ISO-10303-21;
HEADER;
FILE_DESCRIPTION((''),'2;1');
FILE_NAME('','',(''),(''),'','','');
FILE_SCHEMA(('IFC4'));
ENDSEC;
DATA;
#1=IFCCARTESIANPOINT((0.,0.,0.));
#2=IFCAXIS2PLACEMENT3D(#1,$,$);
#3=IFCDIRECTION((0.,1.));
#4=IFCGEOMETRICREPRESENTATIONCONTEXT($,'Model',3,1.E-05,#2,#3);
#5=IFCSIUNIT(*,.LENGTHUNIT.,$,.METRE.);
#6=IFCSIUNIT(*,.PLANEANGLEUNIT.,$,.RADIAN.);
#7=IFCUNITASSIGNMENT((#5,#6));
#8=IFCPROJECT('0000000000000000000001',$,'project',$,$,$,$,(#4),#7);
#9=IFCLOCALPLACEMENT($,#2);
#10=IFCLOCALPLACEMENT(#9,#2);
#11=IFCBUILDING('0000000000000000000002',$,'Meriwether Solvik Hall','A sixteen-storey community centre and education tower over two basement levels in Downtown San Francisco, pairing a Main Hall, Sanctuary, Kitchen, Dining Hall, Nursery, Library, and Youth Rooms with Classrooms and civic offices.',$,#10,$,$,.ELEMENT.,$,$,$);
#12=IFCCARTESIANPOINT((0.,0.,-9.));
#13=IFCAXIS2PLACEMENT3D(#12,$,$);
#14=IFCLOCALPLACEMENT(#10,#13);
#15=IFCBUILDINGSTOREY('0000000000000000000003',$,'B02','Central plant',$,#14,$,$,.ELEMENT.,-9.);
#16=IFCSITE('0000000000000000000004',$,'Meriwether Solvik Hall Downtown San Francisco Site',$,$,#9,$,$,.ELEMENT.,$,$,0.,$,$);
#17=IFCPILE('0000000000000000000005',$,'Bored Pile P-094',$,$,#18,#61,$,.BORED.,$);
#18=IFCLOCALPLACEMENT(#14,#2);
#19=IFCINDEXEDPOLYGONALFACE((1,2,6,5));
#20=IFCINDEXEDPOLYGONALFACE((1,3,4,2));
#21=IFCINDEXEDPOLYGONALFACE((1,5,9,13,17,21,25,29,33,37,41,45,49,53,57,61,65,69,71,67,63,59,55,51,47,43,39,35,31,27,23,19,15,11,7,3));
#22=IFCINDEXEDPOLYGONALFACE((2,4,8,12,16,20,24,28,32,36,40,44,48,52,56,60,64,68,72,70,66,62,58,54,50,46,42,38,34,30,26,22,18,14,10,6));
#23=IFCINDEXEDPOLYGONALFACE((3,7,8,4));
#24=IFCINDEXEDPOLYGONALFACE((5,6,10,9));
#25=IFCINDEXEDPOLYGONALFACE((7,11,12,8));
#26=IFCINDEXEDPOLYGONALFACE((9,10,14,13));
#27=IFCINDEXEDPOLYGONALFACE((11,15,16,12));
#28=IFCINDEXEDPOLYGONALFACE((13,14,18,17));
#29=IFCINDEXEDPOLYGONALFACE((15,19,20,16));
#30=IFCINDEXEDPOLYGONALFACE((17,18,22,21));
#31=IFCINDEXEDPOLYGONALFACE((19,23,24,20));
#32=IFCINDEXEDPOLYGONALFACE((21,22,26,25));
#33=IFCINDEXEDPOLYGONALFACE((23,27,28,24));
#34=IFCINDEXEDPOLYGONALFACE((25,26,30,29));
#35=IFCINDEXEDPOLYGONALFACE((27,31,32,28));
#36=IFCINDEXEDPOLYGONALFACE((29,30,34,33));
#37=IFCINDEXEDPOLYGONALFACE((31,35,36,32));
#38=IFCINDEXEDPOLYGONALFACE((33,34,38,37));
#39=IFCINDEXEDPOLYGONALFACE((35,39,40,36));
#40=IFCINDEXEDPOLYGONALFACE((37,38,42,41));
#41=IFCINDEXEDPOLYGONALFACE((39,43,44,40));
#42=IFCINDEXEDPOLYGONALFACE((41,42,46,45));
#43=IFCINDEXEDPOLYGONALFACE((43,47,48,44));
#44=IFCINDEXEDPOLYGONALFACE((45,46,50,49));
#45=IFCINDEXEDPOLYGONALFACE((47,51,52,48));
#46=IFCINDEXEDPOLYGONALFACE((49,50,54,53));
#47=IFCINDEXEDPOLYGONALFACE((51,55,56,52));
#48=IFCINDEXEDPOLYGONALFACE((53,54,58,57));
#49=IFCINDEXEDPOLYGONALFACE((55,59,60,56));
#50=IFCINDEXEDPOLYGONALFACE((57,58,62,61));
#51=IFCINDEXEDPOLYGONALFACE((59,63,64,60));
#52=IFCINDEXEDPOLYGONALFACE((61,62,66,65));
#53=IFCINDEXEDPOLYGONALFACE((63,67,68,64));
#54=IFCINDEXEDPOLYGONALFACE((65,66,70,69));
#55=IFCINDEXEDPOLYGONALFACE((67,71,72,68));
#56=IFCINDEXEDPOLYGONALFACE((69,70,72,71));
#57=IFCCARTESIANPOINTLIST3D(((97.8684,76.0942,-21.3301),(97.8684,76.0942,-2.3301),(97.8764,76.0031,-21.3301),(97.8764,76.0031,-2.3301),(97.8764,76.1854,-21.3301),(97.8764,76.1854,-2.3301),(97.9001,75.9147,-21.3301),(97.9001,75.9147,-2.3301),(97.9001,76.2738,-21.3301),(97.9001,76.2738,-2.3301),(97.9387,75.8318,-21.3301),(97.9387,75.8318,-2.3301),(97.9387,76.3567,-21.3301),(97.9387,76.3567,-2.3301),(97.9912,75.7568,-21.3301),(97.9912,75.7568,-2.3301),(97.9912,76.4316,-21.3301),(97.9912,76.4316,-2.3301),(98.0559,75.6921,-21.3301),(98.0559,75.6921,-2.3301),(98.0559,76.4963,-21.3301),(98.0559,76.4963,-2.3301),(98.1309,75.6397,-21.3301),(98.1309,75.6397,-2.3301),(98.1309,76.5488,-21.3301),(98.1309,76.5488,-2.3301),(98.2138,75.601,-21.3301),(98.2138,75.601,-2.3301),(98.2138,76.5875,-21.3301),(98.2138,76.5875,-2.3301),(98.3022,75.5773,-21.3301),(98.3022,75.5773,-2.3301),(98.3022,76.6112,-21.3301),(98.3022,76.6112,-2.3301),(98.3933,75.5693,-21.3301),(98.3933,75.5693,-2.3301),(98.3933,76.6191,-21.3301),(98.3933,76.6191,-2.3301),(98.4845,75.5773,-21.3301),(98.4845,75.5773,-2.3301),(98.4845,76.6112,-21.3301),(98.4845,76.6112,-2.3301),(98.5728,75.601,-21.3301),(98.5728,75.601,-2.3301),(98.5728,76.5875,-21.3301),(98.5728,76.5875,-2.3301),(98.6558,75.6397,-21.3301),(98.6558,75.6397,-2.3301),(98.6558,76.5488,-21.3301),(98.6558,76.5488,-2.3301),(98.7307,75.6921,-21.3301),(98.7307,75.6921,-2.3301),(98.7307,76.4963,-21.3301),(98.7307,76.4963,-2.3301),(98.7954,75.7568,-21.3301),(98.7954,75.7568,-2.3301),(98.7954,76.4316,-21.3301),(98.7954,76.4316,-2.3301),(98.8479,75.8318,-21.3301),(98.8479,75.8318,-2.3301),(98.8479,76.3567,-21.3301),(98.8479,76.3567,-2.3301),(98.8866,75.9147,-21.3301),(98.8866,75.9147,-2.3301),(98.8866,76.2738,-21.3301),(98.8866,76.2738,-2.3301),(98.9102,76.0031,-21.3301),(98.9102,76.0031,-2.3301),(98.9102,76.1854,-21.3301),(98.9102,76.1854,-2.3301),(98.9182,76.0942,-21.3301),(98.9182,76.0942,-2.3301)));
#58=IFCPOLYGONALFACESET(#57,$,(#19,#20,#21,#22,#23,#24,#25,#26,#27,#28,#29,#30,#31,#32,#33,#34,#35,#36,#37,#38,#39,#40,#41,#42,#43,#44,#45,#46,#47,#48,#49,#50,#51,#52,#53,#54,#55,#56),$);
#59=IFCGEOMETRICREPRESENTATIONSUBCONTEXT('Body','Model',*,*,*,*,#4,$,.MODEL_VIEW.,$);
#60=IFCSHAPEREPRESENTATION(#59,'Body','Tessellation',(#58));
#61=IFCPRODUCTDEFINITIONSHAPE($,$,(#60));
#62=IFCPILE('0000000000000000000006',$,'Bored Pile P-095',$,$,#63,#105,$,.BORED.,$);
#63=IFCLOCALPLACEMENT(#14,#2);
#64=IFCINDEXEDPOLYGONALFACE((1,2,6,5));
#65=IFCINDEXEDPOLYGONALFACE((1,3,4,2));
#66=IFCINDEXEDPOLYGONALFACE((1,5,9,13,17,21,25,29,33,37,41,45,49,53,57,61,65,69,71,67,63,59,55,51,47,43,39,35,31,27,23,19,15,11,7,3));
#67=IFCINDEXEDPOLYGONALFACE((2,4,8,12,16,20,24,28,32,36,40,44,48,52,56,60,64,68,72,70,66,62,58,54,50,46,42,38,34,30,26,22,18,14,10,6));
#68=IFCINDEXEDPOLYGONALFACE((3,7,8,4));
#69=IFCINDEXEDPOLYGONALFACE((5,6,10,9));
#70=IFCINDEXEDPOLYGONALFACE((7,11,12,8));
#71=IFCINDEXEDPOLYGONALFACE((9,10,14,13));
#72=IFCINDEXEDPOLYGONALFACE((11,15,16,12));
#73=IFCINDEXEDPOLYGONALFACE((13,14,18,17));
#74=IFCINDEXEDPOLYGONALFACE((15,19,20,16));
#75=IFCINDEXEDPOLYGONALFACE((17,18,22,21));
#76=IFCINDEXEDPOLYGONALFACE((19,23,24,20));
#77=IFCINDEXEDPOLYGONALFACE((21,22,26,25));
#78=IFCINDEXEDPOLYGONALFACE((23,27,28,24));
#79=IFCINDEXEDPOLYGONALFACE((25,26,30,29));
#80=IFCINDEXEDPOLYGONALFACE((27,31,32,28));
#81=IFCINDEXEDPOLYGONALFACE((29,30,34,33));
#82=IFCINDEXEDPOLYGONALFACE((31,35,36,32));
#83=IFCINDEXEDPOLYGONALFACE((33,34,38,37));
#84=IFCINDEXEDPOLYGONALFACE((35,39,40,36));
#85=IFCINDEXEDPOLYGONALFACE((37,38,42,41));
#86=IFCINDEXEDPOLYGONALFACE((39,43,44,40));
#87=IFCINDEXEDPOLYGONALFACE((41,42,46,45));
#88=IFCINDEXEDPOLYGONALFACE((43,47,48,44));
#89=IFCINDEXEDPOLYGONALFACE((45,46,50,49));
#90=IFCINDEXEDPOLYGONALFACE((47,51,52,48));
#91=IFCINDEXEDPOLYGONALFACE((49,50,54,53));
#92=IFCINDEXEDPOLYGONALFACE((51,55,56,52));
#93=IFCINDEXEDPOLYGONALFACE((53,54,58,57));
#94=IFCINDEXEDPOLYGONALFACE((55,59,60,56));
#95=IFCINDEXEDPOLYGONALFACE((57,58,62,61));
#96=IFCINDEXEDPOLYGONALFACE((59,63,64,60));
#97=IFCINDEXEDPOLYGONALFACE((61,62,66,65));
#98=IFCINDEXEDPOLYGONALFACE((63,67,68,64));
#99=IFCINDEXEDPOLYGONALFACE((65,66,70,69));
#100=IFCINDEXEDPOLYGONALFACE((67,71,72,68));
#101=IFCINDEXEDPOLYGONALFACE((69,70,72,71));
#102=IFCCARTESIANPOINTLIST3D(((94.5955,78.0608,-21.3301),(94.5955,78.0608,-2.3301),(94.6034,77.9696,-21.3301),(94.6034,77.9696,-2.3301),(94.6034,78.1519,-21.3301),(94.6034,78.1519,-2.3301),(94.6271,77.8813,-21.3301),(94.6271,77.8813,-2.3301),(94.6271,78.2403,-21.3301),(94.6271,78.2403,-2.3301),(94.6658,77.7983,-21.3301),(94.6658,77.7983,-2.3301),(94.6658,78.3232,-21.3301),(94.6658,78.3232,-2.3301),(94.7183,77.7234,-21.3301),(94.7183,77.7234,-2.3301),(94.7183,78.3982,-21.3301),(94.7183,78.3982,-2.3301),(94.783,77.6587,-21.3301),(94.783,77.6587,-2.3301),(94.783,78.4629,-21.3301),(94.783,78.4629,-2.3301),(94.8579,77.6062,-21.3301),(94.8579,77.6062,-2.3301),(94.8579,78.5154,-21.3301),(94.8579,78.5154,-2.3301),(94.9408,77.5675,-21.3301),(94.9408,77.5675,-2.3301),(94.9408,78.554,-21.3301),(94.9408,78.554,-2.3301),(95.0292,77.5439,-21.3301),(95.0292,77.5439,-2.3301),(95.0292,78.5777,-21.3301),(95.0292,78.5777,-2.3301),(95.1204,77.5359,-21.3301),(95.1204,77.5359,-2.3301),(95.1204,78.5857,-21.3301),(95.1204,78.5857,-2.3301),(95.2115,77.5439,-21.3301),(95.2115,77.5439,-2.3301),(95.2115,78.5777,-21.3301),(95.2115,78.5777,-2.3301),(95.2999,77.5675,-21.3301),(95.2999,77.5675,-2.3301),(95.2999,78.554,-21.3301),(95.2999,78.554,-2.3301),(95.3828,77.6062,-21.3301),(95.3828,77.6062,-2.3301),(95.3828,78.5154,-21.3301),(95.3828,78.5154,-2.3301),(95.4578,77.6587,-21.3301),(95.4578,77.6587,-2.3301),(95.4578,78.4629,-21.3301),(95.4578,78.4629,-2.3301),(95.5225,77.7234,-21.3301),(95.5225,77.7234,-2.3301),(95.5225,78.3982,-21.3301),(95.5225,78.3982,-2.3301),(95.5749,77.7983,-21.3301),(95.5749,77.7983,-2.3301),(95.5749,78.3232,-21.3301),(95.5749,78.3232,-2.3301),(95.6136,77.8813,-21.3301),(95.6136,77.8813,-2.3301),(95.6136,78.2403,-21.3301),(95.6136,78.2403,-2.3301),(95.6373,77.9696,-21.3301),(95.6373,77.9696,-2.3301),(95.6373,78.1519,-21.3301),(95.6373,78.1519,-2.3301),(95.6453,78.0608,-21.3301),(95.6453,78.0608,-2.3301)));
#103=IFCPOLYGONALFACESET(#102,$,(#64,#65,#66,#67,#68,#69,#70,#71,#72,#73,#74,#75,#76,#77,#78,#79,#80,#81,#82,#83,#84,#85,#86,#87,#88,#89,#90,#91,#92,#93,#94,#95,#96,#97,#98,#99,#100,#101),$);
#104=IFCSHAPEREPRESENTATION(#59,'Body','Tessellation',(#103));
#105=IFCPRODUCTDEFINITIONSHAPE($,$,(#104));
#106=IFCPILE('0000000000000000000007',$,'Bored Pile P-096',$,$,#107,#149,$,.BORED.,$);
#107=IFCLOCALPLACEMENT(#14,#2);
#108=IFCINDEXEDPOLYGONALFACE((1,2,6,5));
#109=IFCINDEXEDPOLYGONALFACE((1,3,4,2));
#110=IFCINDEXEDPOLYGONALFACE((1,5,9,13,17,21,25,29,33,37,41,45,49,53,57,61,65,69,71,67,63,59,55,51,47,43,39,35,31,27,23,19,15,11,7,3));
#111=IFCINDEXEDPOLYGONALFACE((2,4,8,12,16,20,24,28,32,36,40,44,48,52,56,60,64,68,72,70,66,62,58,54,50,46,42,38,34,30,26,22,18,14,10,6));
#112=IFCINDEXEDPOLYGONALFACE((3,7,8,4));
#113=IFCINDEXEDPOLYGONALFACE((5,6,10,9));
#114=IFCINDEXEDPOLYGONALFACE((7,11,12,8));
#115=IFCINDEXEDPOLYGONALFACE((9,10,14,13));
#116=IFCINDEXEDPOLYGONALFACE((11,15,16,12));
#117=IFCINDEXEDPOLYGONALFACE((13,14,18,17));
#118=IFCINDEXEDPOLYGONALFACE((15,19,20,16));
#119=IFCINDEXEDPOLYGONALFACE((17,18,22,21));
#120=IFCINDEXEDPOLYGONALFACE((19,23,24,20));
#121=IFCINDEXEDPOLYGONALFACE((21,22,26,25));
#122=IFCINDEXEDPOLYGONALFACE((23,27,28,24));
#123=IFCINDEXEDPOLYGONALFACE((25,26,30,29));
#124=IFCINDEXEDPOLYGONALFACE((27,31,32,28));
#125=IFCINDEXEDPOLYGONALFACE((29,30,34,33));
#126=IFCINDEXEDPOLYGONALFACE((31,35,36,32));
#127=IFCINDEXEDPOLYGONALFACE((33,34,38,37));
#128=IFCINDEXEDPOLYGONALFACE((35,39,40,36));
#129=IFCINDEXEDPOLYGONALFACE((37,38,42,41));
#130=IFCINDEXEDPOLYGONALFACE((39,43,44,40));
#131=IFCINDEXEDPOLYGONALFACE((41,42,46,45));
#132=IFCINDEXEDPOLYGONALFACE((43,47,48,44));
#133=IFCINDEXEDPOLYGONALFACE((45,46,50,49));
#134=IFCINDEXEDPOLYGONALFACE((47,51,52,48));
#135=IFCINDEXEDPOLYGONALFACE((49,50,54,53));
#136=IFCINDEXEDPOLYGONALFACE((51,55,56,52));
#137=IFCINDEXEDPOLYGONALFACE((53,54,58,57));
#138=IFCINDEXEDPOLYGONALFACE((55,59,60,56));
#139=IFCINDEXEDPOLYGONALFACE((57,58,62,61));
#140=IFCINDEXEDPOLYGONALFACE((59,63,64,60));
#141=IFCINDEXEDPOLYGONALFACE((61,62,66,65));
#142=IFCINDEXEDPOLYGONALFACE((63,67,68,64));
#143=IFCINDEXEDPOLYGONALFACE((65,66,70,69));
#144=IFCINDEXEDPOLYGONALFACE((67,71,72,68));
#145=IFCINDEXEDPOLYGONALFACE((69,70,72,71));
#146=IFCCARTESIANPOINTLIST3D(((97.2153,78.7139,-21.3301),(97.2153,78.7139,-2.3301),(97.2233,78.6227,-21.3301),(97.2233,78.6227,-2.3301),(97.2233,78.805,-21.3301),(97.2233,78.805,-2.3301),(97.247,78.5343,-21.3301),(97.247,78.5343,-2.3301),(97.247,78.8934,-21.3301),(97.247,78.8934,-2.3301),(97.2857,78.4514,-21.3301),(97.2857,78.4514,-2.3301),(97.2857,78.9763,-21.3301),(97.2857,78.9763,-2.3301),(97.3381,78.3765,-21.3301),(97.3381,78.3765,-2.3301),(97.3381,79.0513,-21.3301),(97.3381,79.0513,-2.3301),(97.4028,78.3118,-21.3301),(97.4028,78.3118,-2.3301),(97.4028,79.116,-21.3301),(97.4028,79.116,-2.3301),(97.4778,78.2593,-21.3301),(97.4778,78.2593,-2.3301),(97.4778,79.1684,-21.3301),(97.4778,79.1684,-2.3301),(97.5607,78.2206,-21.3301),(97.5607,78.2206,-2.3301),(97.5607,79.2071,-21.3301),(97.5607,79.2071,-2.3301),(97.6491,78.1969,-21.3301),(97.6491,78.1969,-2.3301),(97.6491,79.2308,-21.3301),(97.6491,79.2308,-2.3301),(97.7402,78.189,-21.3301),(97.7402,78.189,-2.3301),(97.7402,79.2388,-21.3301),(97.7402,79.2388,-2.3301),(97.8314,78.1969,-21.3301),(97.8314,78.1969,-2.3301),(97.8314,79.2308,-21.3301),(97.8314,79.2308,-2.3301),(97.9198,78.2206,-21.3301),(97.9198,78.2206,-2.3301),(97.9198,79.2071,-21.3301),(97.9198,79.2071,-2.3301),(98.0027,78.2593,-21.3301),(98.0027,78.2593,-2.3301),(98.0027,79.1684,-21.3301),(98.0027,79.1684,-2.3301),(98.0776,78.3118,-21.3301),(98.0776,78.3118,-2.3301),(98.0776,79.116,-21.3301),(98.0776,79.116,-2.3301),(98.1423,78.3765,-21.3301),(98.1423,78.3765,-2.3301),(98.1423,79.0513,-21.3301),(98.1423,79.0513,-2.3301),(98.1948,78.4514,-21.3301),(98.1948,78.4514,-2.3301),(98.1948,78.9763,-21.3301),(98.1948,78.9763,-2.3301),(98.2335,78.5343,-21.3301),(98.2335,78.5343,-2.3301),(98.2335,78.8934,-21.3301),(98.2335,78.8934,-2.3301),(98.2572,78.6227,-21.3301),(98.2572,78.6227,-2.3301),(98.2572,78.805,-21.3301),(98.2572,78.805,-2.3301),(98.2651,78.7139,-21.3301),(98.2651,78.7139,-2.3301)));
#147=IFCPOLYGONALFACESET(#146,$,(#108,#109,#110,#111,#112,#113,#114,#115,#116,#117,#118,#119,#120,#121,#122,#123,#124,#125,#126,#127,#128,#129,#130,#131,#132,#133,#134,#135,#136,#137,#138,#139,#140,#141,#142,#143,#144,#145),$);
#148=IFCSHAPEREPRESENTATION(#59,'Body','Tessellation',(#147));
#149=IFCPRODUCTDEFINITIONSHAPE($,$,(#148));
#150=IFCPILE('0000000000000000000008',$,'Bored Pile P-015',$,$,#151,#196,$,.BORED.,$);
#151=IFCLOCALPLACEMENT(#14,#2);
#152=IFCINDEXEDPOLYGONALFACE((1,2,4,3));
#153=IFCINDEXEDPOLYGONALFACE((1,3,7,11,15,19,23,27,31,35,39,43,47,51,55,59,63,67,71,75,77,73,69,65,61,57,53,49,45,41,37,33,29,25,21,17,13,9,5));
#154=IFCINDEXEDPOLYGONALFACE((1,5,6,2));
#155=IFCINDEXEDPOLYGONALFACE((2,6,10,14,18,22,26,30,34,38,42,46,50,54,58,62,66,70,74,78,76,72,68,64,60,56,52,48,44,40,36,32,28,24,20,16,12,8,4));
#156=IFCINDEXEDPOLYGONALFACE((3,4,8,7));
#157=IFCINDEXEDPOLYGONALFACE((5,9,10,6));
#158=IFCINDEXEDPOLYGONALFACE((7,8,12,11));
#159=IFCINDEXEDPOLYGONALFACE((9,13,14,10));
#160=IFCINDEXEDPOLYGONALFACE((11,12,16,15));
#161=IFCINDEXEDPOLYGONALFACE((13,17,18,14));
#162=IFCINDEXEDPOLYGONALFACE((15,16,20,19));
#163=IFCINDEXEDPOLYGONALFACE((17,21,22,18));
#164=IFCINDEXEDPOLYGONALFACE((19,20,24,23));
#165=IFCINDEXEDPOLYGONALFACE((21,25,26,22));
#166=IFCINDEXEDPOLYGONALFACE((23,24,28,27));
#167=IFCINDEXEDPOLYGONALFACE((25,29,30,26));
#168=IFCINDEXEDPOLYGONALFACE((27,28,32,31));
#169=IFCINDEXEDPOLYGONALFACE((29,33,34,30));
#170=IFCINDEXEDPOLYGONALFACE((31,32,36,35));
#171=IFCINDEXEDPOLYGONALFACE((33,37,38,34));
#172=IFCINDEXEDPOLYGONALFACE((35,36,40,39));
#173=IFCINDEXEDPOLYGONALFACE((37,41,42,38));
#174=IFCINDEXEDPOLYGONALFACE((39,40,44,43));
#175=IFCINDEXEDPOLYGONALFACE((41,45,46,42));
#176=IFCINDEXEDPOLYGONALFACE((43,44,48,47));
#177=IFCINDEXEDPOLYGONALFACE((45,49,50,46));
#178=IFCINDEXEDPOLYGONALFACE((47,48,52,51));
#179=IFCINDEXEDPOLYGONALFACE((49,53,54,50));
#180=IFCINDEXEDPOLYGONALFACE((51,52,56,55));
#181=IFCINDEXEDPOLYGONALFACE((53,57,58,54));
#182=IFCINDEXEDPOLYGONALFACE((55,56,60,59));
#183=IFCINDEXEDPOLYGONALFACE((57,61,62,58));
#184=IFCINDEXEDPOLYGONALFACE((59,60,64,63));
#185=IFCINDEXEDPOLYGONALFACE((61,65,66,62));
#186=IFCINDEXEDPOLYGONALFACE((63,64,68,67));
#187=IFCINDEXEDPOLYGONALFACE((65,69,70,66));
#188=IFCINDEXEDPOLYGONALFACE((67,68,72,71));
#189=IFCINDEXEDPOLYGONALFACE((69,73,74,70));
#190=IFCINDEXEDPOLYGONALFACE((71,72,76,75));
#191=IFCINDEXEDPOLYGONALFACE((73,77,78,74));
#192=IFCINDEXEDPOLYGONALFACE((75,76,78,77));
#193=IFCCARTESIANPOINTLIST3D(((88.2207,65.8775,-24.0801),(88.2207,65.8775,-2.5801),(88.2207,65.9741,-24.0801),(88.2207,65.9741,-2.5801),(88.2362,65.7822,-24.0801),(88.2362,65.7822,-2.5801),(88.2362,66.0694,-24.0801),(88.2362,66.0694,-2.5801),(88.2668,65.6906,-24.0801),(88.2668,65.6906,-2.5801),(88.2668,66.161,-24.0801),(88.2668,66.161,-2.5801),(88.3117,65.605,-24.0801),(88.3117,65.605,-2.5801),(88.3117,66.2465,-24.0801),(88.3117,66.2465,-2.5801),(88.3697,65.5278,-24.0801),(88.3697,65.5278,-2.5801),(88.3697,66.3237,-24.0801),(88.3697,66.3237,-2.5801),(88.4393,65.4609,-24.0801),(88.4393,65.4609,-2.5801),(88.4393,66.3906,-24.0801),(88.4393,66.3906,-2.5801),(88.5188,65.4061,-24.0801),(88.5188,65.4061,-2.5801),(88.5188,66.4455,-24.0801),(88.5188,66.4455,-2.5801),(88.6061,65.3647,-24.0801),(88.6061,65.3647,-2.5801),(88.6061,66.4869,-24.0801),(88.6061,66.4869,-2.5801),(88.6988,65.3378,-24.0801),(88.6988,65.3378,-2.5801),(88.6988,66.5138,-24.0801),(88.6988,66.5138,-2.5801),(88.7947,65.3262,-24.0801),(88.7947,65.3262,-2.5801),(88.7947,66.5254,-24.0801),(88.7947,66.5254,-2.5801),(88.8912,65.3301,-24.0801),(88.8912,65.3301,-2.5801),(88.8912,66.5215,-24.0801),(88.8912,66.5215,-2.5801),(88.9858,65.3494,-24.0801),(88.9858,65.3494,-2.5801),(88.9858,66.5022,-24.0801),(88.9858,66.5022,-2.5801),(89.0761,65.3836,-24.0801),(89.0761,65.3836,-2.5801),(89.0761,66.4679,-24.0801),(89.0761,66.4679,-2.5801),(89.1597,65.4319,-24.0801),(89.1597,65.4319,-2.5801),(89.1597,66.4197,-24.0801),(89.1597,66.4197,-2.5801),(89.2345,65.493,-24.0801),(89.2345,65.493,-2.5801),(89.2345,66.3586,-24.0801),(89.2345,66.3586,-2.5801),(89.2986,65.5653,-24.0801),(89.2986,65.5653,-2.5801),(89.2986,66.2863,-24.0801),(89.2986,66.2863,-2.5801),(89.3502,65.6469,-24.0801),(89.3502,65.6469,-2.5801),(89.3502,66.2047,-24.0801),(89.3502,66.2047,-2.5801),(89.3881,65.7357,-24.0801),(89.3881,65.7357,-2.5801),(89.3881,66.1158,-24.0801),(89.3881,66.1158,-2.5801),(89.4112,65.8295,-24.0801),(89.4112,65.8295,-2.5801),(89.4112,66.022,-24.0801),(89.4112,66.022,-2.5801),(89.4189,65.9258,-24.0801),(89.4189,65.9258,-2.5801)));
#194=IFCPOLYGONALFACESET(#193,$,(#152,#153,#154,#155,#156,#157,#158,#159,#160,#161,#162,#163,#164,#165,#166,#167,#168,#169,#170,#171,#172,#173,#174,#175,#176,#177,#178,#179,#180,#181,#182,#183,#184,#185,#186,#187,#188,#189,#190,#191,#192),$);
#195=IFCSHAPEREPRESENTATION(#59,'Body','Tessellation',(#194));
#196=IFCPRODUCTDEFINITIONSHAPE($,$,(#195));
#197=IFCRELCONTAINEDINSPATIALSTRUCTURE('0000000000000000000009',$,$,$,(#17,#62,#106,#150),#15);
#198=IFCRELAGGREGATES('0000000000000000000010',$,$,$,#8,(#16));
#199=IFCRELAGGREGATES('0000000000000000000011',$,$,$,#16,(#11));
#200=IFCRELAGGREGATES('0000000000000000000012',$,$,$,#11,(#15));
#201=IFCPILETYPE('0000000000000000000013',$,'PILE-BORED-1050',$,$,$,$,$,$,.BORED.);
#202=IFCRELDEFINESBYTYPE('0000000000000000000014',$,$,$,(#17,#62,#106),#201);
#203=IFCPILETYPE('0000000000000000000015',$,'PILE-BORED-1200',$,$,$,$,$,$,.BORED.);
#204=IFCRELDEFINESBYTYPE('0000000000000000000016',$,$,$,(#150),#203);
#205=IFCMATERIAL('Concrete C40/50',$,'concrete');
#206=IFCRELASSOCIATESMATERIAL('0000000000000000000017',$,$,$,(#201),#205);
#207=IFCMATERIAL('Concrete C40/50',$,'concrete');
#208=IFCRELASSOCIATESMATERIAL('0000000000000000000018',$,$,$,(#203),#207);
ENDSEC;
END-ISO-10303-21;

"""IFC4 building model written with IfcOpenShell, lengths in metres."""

from ifc_helpers import new_model, si_unit, direction, frame, origin, origin_2d, place, context, subcontext, project, spatial, circle, extrude, material, material_profile, profile_set, type_object, element, save


model = new_model("IFC4")

# Units and contexts
model_context = context("Model", 3, precision=1e-05, world=origin(), true_north=direction((0.0, 1.0)))
body_context = subcontext(model_context, "Body", "Model", "MODEL_VIEW")
ifc_project = project(units=[si_unit("LENGTHUNIT", "METRE"), si_unit("PLANEANGLEUNIT", "RADIAN")], contexts=[model_context])

# Site, building, storey
site_placement = place(None, origin())
site = spatial("IfcSite", under=ifc_project, at=site_placement, Name="Meriwether Solvik Hall Downtown San Francisco Site", CompositionType="ELEMENT", RefElevation=0.0)
building_placement = place(site_placement, origin())
building = spatial("IfcBuilding", under=site, at=building_placement, Name="Meriwether Solvik Hall", Description="A sixteen-storey community centre and education tower over two basement levels in Downtown San Francisco, pairing a Main Hall, Sanctuary, Kitchen, Dining Hall, Nursery, Library, and Youth Rooms with Classrooms and civic offices.", CompositionType="ELEMENT")
storey_placement = place(building_placement, frame((0.0, 0.0, -9.0)))
storey = spatial("IfcBuildingStorey", under=building, at=storey_placement, Name="B02", Description="Central plant", CompositionType="ELEMENT", Elevation=-9.0)

# Piles
ifc_material_1 = material(Name="Concrete C40/50", Category="concrete")
ifc_material_profile_1 = material_profile(ifc_material_1, circle(Radius=0.5249, at=origin_2d()), Name="PILE-D1050")
ifc_profile_set_1 = profile_set([ifc_material_profile_1], Name="Concrete C40/50")
pile_type_1 = type_object("IfcPileType", Name="PILE-BORED-1050", PredefinedType="BORED", material=ifc_profile_set_1)
for number, where, z_axis, x_axis, name in (
    (1, (98.3933, 76.0942, -2.3301), (0.0, 0.0, -1.0), (1.0, 0.0, 0.0), "Bored Pile P-094"),
    (2, (95.1204, 78.0608, -2.3301), (0.0, 0.0, -1.0), (1.0, 0.0, 0.0), "Bored Pile P-095"),
    (3, (97.7402, 78.7139, -2.3301), (0.0, 0.0, -1.0), (1.0, 0.0, 0.0), "Bored Pile P-096"),
):
    element("IfcPile", number, at=place(storey_placement, frame(where, z_axis=z_axis, x_axis=x_axis)), inside=storey, type_object=pile_type_1, Name=name, PredefinedType="BORED", context=body_context, shape_type="SweptSolid", body=[
        extrude(circle(Radius=0.5249, at=origin_2d()), origin(), (0.0, 0.0, 1.0), 19.0),
    ])
ifc_material_2 = material(Name="Concrete C40/50", Category="concrete")
ifc_material_profile_2 = material_profile(ifc_material_2, circle(Radius=0.6001, at=origin_2d()), Name="PILE-D1200")
ifc_profile_set_2 = profile_set([ifc_material_profile_2], Name="Concrete C40/50")
pile_type_2 = type_object("IfcPileType", Name="PILE-BORED-1200", PredefinedType="BORED", material=ifc_profile_set_2)
for number, where, z_axis, x_axis, name in (
    (4, (88.8188, 65.9258, -2.5801), (0.0, 0.0, -1.0), (1.0, 0.0, 0.0), "Bored Pile P-015"),
):
    element("IfcPile", number, at=place(storey_placement, frame(where, z_axis=z_axis, x_axis=x_axis)), inside=storey, type_object=pile_type_2, Name=name, PredefinedType="BORED", context=body_context, shape_type="SweptSolid", body=[
        extrude(circle(Radius=0.6001, at=origin_2d()), origin(), (0.0, 0.0, 1.0), 21.5),
    ])

save(model, "model.ifc")
